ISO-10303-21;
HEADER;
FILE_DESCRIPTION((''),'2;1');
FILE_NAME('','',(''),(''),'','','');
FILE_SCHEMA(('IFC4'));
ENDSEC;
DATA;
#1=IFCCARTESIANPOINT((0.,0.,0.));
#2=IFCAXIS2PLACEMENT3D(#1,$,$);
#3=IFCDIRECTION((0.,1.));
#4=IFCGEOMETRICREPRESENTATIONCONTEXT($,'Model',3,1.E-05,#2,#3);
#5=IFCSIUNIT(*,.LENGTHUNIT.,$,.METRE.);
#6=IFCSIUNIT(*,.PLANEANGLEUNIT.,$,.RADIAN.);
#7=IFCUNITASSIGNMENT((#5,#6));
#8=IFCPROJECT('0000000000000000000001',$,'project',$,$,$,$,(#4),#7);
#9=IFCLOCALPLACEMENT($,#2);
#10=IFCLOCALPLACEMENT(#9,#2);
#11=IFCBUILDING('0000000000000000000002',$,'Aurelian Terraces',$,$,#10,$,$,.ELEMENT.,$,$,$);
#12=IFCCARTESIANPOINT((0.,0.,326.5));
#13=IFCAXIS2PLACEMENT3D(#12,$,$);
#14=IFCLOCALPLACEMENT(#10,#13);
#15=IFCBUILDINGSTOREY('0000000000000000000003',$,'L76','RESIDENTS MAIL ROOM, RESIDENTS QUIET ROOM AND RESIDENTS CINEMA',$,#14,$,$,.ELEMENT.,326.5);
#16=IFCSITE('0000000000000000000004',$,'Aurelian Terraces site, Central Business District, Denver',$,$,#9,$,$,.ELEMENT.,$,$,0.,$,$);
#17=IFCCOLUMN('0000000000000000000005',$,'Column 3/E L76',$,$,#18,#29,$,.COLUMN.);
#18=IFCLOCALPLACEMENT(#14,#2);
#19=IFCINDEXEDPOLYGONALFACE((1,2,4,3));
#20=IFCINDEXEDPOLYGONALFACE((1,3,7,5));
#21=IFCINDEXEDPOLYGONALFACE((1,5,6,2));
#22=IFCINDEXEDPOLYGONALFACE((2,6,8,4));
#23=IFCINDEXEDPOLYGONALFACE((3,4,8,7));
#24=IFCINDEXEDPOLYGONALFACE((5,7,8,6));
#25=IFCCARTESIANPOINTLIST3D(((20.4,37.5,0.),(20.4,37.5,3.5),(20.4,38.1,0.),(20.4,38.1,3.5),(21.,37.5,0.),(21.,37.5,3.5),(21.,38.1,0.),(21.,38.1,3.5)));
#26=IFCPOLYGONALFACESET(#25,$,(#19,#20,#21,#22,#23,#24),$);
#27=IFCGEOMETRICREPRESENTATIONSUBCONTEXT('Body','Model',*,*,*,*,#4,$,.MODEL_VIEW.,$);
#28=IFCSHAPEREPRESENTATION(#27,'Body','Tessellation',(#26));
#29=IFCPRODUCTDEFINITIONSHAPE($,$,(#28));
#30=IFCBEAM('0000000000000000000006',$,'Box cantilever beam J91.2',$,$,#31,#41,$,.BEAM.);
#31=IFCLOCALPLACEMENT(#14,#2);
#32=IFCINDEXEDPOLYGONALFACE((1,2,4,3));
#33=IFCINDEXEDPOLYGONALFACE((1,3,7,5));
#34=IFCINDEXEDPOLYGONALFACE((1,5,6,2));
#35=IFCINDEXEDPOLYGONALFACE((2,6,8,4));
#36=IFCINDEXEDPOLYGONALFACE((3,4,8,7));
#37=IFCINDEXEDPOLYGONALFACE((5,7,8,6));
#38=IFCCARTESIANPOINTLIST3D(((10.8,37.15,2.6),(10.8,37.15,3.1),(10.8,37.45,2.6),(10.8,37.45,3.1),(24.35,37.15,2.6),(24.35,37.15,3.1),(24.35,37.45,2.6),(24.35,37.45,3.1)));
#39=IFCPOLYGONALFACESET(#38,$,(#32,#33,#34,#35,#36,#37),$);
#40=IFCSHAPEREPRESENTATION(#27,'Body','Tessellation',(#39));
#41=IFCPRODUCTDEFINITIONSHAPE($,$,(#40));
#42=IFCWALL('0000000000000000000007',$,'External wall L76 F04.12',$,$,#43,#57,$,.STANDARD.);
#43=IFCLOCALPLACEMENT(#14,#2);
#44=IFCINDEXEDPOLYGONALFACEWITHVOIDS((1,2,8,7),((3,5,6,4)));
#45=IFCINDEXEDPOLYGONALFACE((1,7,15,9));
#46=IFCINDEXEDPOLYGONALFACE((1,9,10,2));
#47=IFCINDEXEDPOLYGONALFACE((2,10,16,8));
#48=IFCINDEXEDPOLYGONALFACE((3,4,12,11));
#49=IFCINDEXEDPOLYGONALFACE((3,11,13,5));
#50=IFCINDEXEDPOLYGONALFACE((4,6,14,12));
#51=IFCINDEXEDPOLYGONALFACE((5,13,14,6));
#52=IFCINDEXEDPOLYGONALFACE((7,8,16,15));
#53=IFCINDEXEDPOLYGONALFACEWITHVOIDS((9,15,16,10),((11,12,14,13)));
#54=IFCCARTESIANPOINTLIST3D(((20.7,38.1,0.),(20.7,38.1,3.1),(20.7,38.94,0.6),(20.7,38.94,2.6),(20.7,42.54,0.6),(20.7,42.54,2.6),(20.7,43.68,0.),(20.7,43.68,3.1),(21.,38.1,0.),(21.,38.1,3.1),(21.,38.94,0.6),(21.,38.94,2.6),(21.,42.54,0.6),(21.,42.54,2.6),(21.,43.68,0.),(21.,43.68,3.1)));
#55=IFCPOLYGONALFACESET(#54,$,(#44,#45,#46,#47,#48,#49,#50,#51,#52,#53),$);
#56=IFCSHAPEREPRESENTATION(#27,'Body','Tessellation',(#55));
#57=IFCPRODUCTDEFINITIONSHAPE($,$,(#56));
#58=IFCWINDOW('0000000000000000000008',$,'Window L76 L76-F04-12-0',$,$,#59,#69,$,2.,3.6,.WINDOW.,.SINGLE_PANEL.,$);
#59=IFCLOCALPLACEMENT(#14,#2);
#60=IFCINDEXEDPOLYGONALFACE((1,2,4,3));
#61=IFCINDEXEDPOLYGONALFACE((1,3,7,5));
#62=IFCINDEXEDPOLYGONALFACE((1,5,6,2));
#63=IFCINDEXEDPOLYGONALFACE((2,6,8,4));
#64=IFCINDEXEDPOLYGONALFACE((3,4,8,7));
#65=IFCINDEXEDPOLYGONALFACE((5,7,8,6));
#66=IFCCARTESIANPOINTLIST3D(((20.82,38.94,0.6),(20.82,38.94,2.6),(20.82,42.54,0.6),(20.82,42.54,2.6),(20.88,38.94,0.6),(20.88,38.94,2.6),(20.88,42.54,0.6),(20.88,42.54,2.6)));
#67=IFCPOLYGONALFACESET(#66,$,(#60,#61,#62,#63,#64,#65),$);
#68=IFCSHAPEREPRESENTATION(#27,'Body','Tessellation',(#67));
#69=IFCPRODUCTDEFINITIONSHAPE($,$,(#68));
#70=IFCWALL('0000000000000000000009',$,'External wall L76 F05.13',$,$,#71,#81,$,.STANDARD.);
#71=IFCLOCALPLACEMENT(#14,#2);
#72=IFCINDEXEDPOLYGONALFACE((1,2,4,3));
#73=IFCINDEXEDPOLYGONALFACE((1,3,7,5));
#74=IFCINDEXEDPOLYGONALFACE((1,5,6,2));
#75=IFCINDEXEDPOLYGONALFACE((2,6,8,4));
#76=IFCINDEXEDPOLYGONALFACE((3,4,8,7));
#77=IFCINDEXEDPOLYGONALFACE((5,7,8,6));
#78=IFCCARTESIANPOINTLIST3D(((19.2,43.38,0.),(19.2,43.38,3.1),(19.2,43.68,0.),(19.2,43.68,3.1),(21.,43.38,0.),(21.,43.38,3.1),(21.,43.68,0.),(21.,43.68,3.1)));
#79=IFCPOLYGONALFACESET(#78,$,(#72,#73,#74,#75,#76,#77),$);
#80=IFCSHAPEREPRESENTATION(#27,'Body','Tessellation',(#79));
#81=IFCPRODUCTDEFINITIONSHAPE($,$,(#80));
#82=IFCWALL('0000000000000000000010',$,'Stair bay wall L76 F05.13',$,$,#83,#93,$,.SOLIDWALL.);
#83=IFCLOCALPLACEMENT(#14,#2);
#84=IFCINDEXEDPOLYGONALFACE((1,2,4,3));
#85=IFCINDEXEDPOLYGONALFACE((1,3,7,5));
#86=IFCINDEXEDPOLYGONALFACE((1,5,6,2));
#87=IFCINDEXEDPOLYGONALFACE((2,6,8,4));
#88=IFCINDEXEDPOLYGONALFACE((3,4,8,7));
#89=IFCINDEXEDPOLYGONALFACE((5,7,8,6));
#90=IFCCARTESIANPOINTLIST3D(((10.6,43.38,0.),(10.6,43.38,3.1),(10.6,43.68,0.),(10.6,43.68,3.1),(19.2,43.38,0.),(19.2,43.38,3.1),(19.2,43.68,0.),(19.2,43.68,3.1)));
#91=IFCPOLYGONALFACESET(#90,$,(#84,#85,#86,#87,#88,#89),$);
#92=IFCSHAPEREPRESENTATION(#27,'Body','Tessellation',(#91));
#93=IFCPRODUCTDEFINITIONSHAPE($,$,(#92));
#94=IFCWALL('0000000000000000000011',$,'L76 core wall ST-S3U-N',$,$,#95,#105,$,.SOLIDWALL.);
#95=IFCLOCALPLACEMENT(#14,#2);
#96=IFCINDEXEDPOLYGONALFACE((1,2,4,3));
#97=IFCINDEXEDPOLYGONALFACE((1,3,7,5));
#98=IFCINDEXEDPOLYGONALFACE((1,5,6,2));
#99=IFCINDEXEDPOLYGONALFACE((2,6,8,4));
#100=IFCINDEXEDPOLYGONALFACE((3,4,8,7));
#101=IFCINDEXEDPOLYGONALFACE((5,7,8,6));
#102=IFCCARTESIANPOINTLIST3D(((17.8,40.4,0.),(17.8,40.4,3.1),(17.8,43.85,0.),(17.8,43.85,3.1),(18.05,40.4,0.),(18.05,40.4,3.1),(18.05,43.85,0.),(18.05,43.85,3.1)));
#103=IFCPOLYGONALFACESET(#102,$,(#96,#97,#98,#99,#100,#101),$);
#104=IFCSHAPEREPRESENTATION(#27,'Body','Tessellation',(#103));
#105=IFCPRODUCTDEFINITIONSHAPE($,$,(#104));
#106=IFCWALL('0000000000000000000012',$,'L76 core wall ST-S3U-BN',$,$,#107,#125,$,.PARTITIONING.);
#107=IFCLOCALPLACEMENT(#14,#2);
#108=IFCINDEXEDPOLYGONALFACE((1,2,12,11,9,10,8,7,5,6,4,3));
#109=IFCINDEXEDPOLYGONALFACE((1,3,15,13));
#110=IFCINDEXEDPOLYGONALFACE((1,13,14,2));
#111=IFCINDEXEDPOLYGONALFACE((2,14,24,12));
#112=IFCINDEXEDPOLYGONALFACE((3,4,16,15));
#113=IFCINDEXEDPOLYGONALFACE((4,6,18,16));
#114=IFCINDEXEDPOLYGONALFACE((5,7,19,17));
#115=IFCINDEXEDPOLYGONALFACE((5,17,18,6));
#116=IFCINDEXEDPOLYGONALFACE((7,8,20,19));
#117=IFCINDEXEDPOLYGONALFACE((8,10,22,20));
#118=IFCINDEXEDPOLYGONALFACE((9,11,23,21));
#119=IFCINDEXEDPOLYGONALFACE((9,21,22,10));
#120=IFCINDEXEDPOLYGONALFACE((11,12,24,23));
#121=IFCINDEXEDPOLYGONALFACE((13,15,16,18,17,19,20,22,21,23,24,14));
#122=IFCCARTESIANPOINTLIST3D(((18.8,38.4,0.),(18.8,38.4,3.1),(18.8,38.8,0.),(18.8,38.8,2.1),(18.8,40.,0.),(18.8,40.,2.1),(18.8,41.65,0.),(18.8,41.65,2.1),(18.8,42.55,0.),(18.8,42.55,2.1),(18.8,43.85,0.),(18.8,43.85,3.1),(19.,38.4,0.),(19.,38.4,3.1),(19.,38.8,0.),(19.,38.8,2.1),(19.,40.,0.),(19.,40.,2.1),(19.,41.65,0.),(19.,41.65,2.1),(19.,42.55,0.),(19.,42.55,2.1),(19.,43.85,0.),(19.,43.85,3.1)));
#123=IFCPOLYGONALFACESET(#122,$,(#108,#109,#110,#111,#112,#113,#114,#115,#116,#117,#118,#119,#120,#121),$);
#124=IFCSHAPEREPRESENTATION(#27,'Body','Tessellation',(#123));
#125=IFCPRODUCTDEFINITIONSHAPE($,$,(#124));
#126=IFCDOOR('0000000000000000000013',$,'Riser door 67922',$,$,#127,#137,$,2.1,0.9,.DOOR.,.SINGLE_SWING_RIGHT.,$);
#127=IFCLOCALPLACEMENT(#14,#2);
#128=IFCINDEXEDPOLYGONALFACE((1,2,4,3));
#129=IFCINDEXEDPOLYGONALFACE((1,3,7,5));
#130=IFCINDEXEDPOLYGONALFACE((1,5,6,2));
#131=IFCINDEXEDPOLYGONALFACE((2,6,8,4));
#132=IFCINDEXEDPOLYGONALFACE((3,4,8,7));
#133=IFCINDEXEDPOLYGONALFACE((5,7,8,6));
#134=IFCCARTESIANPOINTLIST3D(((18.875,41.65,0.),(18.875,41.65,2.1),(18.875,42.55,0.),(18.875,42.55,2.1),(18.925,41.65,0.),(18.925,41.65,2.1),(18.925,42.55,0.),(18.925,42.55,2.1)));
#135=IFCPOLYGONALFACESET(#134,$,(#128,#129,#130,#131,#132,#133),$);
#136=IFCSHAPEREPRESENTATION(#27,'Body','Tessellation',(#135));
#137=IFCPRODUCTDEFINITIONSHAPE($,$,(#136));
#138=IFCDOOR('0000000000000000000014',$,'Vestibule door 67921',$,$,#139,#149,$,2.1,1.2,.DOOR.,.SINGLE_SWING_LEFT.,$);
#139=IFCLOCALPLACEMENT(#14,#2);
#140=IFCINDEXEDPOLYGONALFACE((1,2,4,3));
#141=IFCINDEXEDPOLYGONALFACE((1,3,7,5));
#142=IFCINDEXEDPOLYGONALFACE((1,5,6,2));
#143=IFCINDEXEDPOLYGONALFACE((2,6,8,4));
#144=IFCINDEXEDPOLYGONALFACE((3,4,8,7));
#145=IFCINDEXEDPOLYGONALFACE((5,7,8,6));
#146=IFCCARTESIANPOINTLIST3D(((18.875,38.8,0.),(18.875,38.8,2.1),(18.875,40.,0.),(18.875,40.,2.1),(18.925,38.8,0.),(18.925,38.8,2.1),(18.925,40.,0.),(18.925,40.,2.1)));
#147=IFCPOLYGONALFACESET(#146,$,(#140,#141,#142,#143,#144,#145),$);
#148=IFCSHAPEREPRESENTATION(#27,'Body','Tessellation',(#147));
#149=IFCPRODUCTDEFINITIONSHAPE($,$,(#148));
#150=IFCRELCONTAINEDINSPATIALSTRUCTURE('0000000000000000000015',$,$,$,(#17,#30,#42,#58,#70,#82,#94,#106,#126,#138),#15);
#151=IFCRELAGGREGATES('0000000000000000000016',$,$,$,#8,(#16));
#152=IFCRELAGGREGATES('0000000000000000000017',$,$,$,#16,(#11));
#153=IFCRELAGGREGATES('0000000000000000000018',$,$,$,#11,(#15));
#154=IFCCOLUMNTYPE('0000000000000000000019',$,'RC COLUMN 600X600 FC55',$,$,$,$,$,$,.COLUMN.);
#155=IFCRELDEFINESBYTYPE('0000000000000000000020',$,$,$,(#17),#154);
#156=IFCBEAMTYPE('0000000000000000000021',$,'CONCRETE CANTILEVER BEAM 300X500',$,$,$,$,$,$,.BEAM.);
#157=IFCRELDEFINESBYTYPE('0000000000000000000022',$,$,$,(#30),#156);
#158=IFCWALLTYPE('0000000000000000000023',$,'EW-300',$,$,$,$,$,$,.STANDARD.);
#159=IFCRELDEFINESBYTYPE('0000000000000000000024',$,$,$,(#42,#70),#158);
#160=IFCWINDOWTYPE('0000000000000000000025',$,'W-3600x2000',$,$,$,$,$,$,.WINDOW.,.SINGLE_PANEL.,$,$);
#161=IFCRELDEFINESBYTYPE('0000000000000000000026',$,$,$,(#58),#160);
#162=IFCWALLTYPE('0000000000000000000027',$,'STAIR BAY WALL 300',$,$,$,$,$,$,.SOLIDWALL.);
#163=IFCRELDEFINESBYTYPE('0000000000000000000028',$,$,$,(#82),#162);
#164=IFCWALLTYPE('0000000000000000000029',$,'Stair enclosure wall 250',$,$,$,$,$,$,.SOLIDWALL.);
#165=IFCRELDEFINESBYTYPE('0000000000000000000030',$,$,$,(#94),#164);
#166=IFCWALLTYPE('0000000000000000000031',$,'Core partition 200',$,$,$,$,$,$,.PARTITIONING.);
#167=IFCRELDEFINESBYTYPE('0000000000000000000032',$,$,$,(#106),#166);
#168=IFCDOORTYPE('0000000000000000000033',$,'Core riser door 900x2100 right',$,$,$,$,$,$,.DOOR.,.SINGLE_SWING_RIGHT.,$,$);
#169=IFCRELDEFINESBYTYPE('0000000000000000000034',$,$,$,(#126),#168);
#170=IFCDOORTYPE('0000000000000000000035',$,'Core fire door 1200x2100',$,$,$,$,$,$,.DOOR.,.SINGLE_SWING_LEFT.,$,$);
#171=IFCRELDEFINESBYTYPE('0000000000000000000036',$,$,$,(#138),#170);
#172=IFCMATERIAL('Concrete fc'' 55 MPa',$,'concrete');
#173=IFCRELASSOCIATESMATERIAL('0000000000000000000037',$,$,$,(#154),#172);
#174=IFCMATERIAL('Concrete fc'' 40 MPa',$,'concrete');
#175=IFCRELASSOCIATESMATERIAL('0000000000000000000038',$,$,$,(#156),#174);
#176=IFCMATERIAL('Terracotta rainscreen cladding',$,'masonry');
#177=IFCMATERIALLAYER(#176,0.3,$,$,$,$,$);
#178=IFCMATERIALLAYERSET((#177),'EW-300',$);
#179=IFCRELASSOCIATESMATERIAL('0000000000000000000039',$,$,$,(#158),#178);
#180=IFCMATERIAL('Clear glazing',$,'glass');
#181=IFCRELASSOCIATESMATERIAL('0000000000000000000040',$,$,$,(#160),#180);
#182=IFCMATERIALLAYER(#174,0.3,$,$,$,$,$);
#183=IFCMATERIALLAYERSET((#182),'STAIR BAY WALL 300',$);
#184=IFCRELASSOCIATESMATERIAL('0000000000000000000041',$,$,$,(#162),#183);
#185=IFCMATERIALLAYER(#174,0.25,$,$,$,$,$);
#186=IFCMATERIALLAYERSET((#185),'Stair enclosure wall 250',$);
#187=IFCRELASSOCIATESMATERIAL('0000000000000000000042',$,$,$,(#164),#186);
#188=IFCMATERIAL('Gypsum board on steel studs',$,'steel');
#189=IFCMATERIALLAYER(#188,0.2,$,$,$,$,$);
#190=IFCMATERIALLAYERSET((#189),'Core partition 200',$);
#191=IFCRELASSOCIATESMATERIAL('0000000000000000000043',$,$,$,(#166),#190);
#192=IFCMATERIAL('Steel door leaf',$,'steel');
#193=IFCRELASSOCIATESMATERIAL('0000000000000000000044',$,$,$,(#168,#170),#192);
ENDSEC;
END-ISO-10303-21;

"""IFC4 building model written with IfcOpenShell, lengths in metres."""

from ifc_helpers import new_model, si_unit, direction, frame, frame_2d, origin, origin_2d, place, context, subcontext, project, spatial, rectangle, extrude, source, transform, mapped, material, layer, layer_set, material_profile, profile_set, type_object, element, fill, save


model = new_model("IFC4")

# Units and contexts
model_context = context("Model", 3, precision=1e-05, world=origin(), true_north=direction((0.0, 1.0)))
body_context = subcontext(model_context, "Body", "Model", "MODEL_VIEW")
ifc_project = project(units=[si_unit("LENGTHUNIT", "METRE"), si_unit("PLANEANGLEUNIT", "RADIAN")], contexts=[model_context])

# Site, building, storey
site_placement = place(None, origin())
site = spatial("IfcSite", under=ifc_project, at=site_placement, Name="Aurelian Terraces site, Central Business District, Denver", CompositionType="ELEMENT", RefElevation=0.0)
building_placement = place(site_placement, origin())
building = spatial("IfcBuilding", under=site, at=building_placement, Name="Aurelian Terraces", CompositionType="ELEMENT")
storey_placement = place(building_placement, frame((0.0, 0.0, 326.5)))
storey = spatial("IfcBuildingStorey", under=building, at=storey_placement, Name="L76", Description="RESIDENTS MAIL ROOM, RESIDENTS QUIET ROOM AND RESIDENTS CINEMA", CompositionType="ELEMENT", Elevation=326.5)

# Column
ifc_material_1 = material(Name="Concrete fc' 55 MPa", Category="concrete")
ifc_material_profile_1 = material_profile(ifc_material_1, rectangle(XDim=0.6, YDim=0.6, at=origin_2d()))
ifc_profile_set_1 = profile_set([ifc_material_profile_1], Name="Concrete fc' 55 MPa")
column_type = type_object("IfcColumnType", Name="RC COLUMN 600X600 FC55", PredefinedType="COLUMN", material=ifc_profile_set_1)
shared_shape_1 = source(origin(), body_context, "Body", "SweptSolid", [
    extrude(rectangle(XDim=0.6, YDim=0.6, at=origin_2d()), origin(), (0.0, 0.0, 1.0), 3.5),
])
column_placement = place(storey_placement, frame((20.7, 37.8, 0.0), z_axis=(0.0, 0.0, 1.0), x_axis=(1.0, 0.0, 0.0)))
element("IfcColumn", 1, at=column_placement, inside=storey, type_object=column_type, Name="Column 3/E L76", PredefinedType="COLUMN", context=body_context, shape_type="MappedRepresentation", body=[
    mapped(shared_shape_1, transform((0.0, 0.0, 0.0), scale=1.0)),
])

# Beam
ifc_material_2 = material(Name="Concrete fc' 40 MPa", Category="concrete")
ifc_material_profile_2 = material_profile(ifc_material_2, rectangle(XDim=0.3, YDim=0.5, at=origin_2d()))
ifc_profile_set_2 = profile_set([ifc_material_profile_2], Name="Concrete fc' 40 MPa")
beam_type = type_object("IfcBeamType", Name="CONCRETE CANTILEVER BEAM 300X500", PredefinedType="BEAM", material=ifc_profile_set_2)
shared_shape_2 = source(origin(), body_context, "Body", "SweptSolid", [
    extrude(rectangle(XDim=0.3, YDim=0.5, at=origin_2d()), origin(), (0.0, 0.0, 1.0), 13.55),
])
beam_placement = place(storey_placement, frame((24.35, 37.3, 2.85), z_axis=(-1.0, 0.0, 0.0), x_axis=(0.0, -1.0, 0.0)))
element("IfcBeam", 2, at=beam_placement, inside=storey, type_object=beam_type, Name="Box cantilever beam J91.2", PredefinedType="BEAM", context=body_context, shape_type="MappedRepresentation", body=[
    mapped(shared_shape_2, transform((0.0, 0.0, 0.0), scale=1.0)),
])

# Wall, opening, window
ifc_material_3 = material(Name="Terracotta rainscreen cladding", Category="masonry")
ifc_layer_1 = layer(ifc_material_3, 0.3)
ifc_layer_set_1 = layer_set([ifc_layer_1], Name="EW-300")
wall_type_1 = type_object("IfcWallType", Name="EW-300", PredefinedType="STANDARD", material=ifc_layer_set_1)
wall_1_placement = place(storey_placement, frame((20.85, 38.1, 0.0), z_axis=(0.0, 0.0, 1.0), x_axis=(0.0, 1.0, 0.0)))
wall_1 = element("IfcWall", 3, at=wall_1_placement, inside=storey, type_object=wall_type_1, Name="External wall L76 F04.12", PredefinedType="STANDARD", context=body_context, shape_type="SweptSolid", body=[
    extrude(rectangle(XDim=5.58, YDim=0.3, at=frame_2d((2.79, 0.0))), origin(), (0.0, 0.0, 1.0), 3.1),
])
shared_shape_3 = source(origin(), body_context, "Body", "SweptSolid", [
    extrude(rectangle(XDim=3.6, YDim=2.0, at=frame_2d((1.8, 1.0))), frame((0.0, 0.16, 0.0), z_axis=(0.0, -1.0, 0.0), x_axis=(1.0, 0.0, 0.0)), (0.0, 0.0, 1.0), 0.32),
])
opening_1_placement = place(wall_1_placement, frame((0.84, 0.0, 0.6)))
opening_1 = element("IfcOpeningElement", 4, at=opening_1_placement, cuts=wall_1, PredefinedType="OPENING", context=body_context, shape_type="MappedRepresentation", body=[
    mapped(shared_shape_3, transform((0.0, 0.0, 0.0), scale=1.0)),
])
ifc_material_4 = material(Name="Clear glazing", Category="glass")
window_type = type_object("IfcWindowType", Name="W-3600x2000", PartitioningType="SINGLE_PANEL", PredefinedType="WINDOW", material=ifc_material_4)
shared_shape_4 = source(origin(), body_context, "Body", "SweptSolid", [
    extrude(rectangle(XDim=3.6, YDim=2.0, at=frame_2d((1.8, 1.0))), frame((0.0, 0.03, 0.0), z_axis=(0.0, -1.0, 0.0), x_axis=(1.0, 0.0, 0.0)), (0.0, 0.0, 1.0), 0.06),
])
window_placement = place(opening_1_placement, origin())
window = element("IfcWindow", 5, at=window_placement, inside=storey, type_object=window_type, Name="Window L76 L76-F04-12-0", OverallHeight=2.0, OverallWidth=3.6, PartitioningType="SINGLE_PANEL", PredefinedType="WINDOW", context=body_context, shape_type="MappedRepresentation", body=[
    mapped(shared_shape_4, transform((0.0, 0.0, 0.0), scale=1.0)),
])
fill(opening_1, window)

# Walls
shared_shape_5 = source(origin(), body_context, "Body", "SweptSolid", [
    extrude(rectangle(XDim=1.8, YDim=0.3, at=frame_2d((0.9, 0.0))), origin(), (0.0, 0.0, 1.0), 3.1),
])
wall_2_placement = place(storey_placement, frame((21.0, 43.53, 0.0), z_axis=(0.0, 0.0, 1.0), x_axis=(-1.0, 0.0, 0.0)))
element("IfcWall", 6, at=wall_2_placement, inside=storey, type_object=wall_type_1, Name="External wall L76 F05.13", PredefinedType="STANDARD", context=body_context, shape_type="MappedRepresentation", body=[
    mapped(shared_shape_5, transform((0.0, 0.0, 0.0), scale=1.0)),
])
ifc_layer_2 = layer(ifc_material_2, 0.3)
ifc_layer_set_2 = layer_set([ifc_layer_2], Name="STAIR BAY WALL 300")
wall_type_2 = type_object("IfcWallType", Name="STAIR BAY WALL 300", PredefinedType="SOLIDWALL", material=ifc_layer_set_2)
shared_shape_6 = source(origin(), body_context, "Body", "SweptSolid", [
    extrude(rectangle(XDim=8.6, YDim=0.3, at=frame_2d((4.3, 0.0))), origin(), (0.0, 0.0, 1.0), 3.1),
])
wall_3_placement = place(storey_placement, frame((19.2, 43.53, 0.0), z_axis=(0.0, 0.0, 1.0), x_axis=(-1.0, 0.0, 0.0)))
element("IfcWall", 7, at=wall_3_placement, inside=storey, type_object=wall_type_2, Name="Stair bay wall L76 F05.13", PredefinedType="SOLIDWALL", context=body_context, shape_type="MappedRepresentation", body=[
    mapped(shared_shape_6, transform((0.0, 0.0, 0.0), scale=1.0)),
])
ifc_layer_3 = layer(ifc_material_2, 0.25)
ifc_layer_set_3 = layer_set([ifc_layer_3], Name="Stair enclosure wall 250")
wall_type_3 = type_object("IfcWallType", Name="Stair enclosure wall 250", PredefinedType="SOLIDWALL", material=ifc_layer_set_3)
shared_shape_7 = source(origin(), body_context, "Body", "SweptSolid", [
    extrude(rectangle(XDim=3.45, YDim=0.25, at=frame_2d((1.725, 0.0))), origin(), (0.0, 0.0, 1.0), 3.1),
])
wall_4_placement = place(storey_placement, frame((17.925, 40.4, 0.0), z_axis=(0.0, 0.0, 1.0), x_axis=(0.0, 1.0, 0.0)))
element("IfcWall", 8, at=wall_4_placement, inside=storey, type_object=wall_type_3, Name="L76 core wall ST-S3U-N", PredefinedType="SOLIDWALL", context=body_context, shape_type="MappedRepresentation", body=[
    mapped(shared_shape_7, transform((0.0, 0.0, 0.0), scale=1.0)),
])

# Wall, openings, doors
ifc_material_5 = material(Name="Gypsum board on steel studs", Category="steel")
ifc_layer_4 = layer(ifc_material_5, 0.2)
ifc_layer_set_4 = layer_set([ifc_layer_4], Name="Core partition 200")
wall_type_4 = type_object("IfcWallType", Name="Core partition 200", PredefinedType="PARTITIONING", material=ifc_layer_set_4)
shared_shape_8 = source(origin(), body_context, "Body", "SweptSolid", [
    extrude(rectangle(XDim=5.45, YDim=0.2, at=frame_2d((2.725, 0.0))), origin(), (0.0, 0.0, 1.0), 3.1),
])
wall_5_placement = place(storey_placement, frame((18.9, 38.4, 0.0), z_axis=(0.0, 0.0, 1.0), x_axis=(0.0, 1.0, 0.0)))
wall_5 = element("IfcWall", 9, at=wall_5_placement, inside=storey, type_object=wall_type_4, Name="L76 core wall ST-S3U-BN", PredefinedType="PARTITIONING", context=body_context, shape_type="MappedRepresentation", body=[
    mapped(shared_shape_8, transform((0.0, 0.0, 0.0), scale=1.0)),
])
shared_shape_9 = source(origin(), body_context, "Body", "SweptSolid", [
    extrude(rectangle(XDim=1.2, YDim=2.1, at=frame_2d((0.6, 1.05))), frame((0.0, 0.11, 0.0), z_axis=(0.0, -1.0, 0.0), x_axis=(1.0, 0.0, 0.0)), (0.0, 0.0, 1.0), 0.22),
])
opening_2_placement = place(wall_5_placement, frame((0.4, 0.0, 0.0)))
opening_2 = element("IfcOpeningElement", 10, at=opening_2_placement, cuts=wall_5, PredefinedType="OPENING", context=body_context, shape_type="MappedRepresentation", body=[
    mapped(shared_shape_9, transform((0.0, 0.0, 0.0), scale=1.0)),
])
shared_shape_10 = source(origin(), body_context, "Body", "SweptSolid", [
    extrude(rectangle(XDim=0.9, YDim=2.1, at=frame_2d((0.45, 1.05))), frame((0.0, 0.11, 0.0), z_axis=(0.0, -1.0, 0.0), x_axis=(1.0, 0.0, 0.0)), (0.0, 0.0, 1.0), 0.22),
])
opening_3_placement = place(wall_5_placement, frame((3.25, 0.0, 0.0)))
opening_3 = element("IfcOpeningElement", 11, at=opening_3_placement, cuts=wall_5, PredefinedType="OPENING", context=body_context, shape_type="MappedRepresentation", body=[
    mapped(shared_shape_10, transform((0.0, 0.0, 0.0), scale=1.0)),
])
ifc_material_6 = material(Name="Steel door leaf", Category="steel")
door_type_1 = type_object("IfcDoorType", Name="Core riser door 900x2100 right", OperationType="SINGLE_SWING_RIGHT", PredefinedType="DOOR", material=ifc_material_6)
shared_shape_11 = source(origin(), body_context, "Body", "SweptSolid", [
    extrude(rectangle(XDim=0.9, YDim=2.1, at=frame_2d((0.45, 1.05))), frame((0.0, 0.025, 0.0), z_axis=(0.0, -1.0, 0.0), x_axis=(1.0, 0.0, 0.0)), (0.0, 0.0, 1.0), 0.05),
])
door_1_placement = place(opening_3_placement, origin())
door_1 = element("IfcDoor", 12, at=door_1_placement, inside=storey, type_object=door_type_1, Name="Riser door 67922", OperationType="SINGLE_SWING_RIGHT", OverallHeight=2.1, OverallWidth=0.9, PredefinedType="DOOR", context=body_context, shape_type="MappedRepresentation", body=[
    mapped(shared_shape_11, transform((0.0, 0.0, 0.0), scale=1.0)),
])
fill(opening_3, door_1)
door_type_2 = type_object("IfcDoorType", Name="Core fire door 1200x2100", OperationType="SINGLE_SWING_LEFT", PredefinedType="DOOR", material=ifc_material_6)
shared_shape_12 = source(origin(), body_context, "Body", "SweptSolid", [
    extrude(rectangle(XDim=1.2, YDim=2.1, at=frame_2d((0.6, 1.05))), frame((0.0, 0.025, 0.0), z_axis=(0.0, -1.0, 0.0), x_axis=(1.0, 0.0, 0.0)), (0.0, 0.0, 1.0), 0.05),
])
door_2_placement = place(opening_2_placement, origin())
door_2 = element("IfcDoor", 13, at=door_2_placement, inside=storey, type_object=door_type_2, Name="Vestibule door 67921", OperationType="SINGLE_SWING_LEFT", OverallHeight=2.1, OverallWidth=1.2, PredefinedType="DOOR", context=body_context, shape_type="MappedRepresentation", body=[
    mapped(shared_shape_12, transform((0.0, 0.0, 0.0), scale=1.0)),
])
fill(opening_2, door_2)

save(model, "model.ifc")
